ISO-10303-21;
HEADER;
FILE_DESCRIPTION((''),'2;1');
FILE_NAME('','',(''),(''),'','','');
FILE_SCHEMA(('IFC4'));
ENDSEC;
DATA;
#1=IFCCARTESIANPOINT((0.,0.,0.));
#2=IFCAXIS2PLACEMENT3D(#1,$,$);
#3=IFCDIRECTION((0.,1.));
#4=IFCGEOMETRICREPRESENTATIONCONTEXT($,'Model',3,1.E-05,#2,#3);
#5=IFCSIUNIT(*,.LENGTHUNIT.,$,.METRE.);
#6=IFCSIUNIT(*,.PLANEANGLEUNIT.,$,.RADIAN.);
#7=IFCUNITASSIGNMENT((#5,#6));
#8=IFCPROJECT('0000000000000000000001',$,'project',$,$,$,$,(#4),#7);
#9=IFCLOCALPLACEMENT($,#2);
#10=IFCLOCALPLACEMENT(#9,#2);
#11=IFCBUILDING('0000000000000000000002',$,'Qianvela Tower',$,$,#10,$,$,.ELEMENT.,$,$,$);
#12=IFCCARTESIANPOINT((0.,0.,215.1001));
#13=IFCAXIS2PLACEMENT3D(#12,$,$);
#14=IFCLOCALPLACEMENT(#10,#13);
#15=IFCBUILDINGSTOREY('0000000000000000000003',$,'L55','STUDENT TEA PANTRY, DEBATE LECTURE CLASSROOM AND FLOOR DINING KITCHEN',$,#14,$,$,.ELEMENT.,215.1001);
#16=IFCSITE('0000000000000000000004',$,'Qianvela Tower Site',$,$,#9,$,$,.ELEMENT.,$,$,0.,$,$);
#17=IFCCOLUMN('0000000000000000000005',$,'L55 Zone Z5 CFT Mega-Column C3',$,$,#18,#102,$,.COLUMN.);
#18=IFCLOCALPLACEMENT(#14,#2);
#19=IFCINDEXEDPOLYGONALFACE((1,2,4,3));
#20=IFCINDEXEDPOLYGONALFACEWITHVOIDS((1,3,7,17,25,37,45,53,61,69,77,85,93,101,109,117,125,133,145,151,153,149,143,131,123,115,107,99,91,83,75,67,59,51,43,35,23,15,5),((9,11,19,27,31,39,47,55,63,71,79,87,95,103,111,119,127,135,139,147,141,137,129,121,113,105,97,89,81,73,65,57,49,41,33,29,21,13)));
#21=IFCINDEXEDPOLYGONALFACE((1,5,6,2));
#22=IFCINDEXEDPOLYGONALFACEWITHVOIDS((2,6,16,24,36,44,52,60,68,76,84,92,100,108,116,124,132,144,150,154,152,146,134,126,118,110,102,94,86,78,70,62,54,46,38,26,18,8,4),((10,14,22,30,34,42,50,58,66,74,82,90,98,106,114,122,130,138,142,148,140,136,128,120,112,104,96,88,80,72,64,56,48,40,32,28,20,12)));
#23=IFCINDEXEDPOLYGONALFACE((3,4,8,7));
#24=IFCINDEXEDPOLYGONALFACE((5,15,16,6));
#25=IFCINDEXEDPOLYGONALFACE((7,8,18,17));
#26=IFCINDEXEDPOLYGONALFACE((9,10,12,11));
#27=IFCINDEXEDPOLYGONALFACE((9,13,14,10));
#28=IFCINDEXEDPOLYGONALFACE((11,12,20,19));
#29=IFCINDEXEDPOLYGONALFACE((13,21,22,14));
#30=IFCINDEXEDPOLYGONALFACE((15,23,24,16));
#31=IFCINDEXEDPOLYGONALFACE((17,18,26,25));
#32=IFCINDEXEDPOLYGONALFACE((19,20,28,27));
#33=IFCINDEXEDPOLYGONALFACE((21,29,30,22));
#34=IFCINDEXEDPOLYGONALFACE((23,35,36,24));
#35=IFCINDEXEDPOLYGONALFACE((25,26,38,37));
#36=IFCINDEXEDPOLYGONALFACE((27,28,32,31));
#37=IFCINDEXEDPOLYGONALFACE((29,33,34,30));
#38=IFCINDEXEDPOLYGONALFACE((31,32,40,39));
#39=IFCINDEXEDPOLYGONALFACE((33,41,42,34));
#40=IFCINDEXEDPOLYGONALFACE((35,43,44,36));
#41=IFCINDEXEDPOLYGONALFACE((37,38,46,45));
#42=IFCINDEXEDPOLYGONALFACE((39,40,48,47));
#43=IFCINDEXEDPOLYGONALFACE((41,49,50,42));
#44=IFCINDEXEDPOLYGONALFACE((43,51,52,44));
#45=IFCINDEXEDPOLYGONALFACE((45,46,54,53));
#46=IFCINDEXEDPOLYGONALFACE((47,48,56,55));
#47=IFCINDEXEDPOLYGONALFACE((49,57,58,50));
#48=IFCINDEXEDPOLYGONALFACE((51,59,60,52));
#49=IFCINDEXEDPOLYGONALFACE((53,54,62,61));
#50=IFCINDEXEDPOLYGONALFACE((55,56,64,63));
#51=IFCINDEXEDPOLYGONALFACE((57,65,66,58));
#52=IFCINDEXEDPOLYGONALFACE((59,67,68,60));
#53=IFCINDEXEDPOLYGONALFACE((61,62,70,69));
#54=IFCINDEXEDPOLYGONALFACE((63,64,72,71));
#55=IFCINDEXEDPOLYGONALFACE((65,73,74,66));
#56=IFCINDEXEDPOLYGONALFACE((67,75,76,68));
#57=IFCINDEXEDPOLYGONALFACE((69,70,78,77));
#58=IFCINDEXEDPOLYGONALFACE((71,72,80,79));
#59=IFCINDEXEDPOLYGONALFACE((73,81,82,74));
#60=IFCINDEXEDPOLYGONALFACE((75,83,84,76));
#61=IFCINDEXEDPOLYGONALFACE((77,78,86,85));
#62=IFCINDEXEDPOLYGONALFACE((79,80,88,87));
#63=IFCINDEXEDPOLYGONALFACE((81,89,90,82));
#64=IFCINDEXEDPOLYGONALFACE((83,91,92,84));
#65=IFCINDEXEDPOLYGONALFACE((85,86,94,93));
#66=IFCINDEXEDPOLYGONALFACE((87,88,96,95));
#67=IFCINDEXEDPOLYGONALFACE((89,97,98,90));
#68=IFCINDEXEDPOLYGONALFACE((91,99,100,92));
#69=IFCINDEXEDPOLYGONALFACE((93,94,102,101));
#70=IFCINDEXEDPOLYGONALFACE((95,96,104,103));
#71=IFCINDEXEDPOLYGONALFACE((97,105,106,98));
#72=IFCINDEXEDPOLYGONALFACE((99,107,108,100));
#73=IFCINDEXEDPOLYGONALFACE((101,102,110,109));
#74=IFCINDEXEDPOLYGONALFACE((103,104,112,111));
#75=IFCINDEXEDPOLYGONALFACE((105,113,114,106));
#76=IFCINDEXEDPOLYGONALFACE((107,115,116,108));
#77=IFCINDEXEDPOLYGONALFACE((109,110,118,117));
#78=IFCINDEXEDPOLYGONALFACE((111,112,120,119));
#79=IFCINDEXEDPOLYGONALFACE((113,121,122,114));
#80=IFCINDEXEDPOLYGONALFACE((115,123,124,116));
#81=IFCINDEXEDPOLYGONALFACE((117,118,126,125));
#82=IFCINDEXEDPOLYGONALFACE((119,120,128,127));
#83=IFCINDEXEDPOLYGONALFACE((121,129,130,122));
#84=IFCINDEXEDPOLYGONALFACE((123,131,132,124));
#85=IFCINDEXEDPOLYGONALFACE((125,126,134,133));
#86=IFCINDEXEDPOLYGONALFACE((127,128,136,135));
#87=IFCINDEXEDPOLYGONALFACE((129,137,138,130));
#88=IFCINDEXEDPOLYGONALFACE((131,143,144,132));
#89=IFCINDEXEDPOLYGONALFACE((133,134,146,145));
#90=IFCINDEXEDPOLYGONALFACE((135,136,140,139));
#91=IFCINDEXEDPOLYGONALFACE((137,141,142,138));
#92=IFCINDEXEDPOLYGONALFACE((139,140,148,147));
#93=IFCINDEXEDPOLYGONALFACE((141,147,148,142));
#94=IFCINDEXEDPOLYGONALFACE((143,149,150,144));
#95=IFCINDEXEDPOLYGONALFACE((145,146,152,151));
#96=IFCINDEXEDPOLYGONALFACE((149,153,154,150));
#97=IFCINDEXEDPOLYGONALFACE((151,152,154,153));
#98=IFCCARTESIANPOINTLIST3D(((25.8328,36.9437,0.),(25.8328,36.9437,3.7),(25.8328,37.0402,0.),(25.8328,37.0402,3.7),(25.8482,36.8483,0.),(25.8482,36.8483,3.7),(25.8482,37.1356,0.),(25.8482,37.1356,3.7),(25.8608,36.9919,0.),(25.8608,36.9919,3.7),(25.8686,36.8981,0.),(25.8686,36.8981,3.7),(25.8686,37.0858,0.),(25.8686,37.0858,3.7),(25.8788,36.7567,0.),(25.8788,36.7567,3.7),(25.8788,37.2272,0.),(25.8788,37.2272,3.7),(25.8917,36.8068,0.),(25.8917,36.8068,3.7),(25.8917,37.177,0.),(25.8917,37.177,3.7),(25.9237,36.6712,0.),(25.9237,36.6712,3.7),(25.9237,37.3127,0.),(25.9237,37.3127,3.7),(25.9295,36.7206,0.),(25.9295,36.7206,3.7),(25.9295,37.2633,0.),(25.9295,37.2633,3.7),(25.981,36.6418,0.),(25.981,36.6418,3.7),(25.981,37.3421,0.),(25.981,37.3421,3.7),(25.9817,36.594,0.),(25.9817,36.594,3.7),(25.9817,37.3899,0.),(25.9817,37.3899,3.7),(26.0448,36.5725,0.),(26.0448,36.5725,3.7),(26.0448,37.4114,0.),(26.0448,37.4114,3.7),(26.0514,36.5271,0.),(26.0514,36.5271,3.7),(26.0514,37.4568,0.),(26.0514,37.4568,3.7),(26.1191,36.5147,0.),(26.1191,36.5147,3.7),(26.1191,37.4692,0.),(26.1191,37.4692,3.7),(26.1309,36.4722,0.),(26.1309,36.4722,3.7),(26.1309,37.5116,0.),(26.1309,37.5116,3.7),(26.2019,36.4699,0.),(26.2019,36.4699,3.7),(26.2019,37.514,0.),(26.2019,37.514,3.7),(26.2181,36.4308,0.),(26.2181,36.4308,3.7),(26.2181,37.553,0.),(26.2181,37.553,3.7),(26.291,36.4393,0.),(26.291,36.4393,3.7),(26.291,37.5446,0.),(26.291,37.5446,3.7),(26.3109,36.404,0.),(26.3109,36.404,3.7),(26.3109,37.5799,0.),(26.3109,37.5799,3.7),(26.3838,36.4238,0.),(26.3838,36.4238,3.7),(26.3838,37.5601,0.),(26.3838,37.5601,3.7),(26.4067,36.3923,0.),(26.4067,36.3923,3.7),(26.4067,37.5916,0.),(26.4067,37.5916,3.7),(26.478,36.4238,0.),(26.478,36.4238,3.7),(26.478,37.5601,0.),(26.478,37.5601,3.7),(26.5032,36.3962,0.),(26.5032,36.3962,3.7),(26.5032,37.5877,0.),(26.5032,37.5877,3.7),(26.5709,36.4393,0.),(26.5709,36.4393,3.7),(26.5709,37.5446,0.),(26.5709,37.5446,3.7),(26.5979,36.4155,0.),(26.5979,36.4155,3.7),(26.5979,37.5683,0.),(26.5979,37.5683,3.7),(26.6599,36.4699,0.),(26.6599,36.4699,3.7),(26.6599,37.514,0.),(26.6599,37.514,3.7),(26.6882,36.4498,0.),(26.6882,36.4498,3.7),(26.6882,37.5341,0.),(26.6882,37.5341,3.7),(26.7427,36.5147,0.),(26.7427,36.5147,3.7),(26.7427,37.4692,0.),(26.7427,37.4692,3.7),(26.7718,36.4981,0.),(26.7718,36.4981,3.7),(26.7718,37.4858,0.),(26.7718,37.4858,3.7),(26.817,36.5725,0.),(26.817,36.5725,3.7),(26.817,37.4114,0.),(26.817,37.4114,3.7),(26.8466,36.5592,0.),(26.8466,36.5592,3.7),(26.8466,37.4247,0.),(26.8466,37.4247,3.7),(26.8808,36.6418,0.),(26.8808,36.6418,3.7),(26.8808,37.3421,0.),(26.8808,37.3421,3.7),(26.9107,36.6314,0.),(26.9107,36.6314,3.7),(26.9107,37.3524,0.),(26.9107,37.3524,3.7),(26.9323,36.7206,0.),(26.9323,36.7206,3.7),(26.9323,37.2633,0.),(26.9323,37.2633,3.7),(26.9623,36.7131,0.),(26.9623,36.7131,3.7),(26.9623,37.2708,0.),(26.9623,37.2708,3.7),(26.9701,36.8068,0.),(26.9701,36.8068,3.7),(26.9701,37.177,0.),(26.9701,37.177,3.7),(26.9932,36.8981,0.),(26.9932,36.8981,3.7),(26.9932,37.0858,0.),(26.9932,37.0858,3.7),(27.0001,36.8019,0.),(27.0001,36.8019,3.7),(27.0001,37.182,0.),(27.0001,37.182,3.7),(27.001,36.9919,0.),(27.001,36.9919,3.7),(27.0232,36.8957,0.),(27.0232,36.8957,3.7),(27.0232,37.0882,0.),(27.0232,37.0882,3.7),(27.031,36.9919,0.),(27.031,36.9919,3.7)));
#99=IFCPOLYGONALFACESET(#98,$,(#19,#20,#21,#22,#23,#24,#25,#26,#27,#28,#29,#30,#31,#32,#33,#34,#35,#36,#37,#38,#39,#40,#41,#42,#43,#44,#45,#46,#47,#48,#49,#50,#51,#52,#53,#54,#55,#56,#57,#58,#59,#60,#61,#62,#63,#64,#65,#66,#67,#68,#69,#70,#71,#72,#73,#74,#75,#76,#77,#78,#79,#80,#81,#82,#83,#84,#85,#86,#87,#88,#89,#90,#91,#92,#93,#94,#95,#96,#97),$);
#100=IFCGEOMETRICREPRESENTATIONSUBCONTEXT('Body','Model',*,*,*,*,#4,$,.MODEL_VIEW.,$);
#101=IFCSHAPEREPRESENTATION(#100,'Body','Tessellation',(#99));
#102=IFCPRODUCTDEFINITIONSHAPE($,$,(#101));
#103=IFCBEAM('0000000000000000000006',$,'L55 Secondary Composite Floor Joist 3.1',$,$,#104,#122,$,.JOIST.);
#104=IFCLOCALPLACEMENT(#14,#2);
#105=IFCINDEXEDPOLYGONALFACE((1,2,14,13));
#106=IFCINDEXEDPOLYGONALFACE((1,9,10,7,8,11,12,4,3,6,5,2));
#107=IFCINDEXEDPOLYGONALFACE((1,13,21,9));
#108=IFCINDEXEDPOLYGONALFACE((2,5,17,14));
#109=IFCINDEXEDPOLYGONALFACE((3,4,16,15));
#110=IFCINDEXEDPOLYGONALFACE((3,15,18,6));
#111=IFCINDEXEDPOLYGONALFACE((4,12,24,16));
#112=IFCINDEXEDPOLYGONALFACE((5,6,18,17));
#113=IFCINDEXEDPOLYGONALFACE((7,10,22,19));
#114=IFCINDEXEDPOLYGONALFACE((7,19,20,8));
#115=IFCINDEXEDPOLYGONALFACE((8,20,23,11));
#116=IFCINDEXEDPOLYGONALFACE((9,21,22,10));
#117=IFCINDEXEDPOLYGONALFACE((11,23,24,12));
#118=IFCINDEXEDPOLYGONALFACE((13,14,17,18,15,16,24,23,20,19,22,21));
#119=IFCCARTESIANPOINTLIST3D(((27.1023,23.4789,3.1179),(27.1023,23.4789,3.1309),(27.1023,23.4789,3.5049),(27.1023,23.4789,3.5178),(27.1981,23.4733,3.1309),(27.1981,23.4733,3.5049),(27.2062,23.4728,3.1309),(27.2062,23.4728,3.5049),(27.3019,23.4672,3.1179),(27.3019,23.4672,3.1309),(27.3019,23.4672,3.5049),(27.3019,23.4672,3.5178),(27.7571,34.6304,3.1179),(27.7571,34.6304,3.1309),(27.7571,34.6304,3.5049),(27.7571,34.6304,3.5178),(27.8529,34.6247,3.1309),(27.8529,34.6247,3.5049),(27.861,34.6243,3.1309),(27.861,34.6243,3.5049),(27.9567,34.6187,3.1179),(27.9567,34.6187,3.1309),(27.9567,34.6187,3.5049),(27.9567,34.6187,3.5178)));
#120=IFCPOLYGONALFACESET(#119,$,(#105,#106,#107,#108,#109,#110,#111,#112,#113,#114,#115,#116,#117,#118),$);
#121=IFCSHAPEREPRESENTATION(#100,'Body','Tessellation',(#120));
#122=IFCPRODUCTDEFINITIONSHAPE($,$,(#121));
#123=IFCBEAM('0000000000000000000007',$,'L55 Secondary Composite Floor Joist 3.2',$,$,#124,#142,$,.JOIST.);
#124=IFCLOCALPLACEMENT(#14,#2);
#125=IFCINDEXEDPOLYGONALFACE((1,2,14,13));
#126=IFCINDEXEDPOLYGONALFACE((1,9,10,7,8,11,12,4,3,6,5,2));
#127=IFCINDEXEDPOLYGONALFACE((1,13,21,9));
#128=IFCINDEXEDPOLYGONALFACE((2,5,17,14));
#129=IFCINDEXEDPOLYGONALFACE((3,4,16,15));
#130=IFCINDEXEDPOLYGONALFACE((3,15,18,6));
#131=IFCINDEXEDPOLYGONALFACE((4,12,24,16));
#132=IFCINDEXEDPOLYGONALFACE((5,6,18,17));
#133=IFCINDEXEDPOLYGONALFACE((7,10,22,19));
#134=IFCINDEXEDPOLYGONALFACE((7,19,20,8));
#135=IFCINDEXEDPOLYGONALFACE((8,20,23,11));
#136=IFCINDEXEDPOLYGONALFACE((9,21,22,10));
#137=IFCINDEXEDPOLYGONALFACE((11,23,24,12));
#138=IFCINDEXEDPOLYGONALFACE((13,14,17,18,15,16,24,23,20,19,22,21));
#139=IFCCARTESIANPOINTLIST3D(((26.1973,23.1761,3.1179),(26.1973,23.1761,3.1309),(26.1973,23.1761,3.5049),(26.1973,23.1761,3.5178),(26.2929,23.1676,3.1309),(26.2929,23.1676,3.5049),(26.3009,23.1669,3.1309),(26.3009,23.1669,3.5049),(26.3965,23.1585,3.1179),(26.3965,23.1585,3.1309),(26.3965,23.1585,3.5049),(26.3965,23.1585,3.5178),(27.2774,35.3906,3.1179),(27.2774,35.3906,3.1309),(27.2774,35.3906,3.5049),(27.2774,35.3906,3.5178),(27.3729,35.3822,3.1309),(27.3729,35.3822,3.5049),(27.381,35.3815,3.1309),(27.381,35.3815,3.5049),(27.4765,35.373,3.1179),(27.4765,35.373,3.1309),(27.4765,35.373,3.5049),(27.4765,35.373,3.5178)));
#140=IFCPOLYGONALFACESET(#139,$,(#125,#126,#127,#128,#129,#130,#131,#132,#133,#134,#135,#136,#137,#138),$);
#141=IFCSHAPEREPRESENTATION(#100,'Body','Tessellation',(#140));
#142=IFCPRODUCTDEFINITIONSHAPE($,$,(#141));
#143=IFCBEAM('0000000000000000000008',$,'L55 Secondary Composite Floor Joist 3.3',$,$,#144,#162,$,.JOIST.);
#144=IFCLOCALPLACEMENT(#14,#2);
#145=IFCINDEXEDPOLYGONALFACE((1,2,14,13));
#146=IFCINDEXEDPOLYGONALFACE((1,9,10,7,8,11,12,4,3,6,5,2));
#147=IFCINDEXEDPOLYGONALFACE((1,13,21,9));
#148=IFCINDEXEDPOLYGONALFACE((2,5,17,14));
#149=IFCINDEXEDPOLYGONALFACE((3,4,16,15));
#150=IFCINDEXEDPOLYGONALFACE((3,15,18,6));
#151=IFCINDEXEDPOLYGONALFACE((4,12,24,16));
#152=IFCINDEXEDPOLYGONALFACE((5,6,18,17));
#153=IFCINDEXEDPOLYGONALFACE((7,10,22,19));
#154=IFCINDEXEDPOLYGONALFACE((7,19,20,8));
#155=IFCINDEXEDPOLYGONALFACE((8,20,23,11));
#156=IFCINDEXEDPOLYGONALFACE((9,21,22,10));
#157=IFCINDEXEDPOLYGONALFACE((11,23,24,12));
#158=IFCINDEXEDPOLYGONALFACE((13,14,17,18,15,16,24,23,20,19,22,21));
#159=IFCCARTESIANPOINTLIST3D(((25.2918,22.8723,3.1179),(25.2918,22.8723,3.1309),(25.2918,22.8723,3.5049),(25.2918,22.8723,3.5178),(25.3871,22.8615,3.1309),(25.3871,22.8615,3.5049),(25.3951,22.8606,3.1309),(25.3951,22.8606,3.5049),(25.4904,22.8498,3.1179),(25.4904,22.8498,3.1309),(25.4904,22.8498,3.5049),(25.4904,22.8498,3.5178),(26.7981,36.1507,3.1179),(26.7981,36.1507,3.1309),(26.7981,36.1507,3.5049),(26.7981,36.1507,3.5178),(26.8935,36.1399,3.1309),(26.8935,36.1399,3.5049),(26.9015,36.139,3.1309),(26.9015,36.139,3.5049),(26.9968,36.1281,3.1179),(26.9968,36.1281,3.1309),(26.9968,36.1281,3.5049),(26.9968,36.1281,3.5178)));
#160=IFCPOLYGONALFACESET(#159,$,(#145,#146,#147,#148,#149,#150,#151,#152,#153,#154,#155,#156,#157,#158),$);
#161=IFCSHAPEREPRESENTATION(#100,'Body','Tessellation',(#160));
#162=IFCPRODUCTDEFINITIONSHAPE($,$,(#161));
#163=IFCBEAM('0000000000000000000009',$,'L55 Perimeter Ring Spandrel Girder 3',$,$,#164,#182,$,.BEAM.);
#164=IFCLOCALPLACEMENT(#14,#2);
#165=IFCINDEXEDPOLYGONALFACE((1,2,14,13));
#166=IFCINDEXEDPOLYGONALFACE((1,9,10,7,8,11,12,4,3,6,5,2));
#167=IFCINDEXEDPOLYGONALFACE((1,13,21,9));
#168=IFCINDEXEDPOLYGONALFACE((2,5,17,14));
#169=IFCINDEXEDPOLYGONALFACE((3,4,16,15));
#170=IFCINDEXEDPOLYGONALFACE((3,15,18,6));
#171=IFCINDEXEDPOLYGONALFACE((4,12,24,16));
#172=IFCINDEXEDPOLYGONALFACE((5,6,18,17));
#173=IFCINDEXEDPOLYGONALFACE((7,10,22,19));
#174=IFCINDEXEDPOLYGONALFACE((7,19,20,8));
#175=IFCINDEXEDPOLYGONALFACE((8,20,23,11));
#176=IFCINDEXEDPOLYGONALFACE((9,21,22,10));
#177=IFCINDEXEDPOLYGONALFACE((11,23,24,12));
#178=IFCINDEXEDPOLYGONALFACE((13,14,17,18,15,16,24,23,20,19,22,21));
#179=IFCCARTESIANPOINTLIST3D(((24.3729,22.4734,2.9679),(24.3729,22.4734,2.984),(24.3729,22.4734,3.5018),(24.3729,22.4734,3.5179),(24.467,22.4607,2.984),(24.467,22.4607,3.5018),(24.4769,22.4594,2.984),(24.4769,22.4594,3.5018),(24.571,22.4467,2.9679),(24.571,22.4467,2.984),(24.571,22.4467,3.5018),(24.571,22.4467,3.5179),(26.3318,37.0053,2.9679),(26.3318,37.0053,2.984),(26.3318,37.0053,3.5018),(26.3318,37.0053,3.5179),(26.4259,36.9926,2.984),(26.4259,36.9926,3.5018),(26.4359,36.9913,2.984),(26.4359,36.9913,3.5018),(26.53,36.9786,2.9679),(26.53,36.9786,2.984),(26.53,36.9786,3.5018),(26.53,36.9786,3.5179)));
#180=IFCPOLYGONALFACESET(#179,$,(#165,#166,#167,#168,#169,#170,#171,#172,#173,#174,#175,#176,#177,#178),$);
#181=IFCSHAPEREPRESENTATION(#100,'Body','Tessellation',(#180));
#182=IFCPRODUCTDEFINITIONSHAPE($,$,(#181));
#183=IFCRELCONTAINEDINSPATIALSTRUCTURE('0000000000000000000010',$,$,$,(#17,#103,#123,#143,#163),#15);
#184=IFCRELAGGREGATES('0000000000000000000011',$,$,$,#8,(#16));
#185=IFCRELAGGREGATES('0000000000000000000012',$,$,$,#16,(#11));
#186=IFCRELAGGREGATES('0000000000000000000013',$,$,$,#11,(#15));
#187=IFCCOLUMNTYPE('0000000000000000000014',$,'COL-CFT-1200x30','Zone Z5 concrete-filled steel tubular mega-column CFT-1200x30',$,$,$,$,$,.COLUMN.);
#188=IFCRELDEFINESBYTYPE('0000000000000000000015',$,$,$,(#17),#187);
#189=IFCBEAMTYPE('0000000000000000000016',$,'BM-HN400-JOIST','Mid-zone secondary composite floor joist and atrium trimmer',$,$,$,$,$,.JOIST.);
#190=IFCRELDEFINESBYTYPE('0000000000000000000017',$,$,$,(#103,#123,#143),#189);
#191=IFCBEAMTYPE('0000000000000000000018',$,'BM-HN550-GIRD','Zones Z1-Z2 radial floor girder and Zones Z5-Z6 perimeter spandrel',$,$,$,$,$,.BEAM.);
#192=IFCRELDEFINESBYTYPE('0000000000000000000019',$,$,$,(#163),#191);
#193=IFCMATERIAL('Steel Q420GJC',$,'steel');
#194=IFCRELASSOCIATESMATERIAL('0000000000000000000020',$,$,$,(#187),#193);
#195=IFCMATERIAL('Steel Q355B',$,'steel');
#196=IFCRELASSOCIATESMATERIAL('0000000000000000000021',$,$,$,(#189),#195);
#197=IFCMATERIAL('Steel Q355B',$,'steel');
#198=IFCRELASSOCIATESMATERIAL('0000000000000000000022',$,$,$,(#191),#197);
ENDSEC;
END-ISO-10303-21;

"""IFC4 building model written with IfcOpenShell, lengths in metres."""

from ifc_helpers import new_model, si_unit, direction, frame, origin, origin_2d, place, context, subcontext, project, spatial, hollow_circle, i_section, extrude, material, material_profile, profile_set, type_object, element, save


model = new_model("IFC4")

# Units and contexts
model_context = context("Model", 3, precision=1e-05, world=origin(), true_north=direction((0.0, 1.0)))
body_context = subcontext(model_context, "Body", "Model", "MODEL_VIEW")
ifc_project = project(units=[si_unit("LENGTHUNIT", "METRE"), si_unit("PLANEANGLEUNIT", "RADIAN")], contexts=[model_context])

# Site, building, storey
site_placement = place(None, origin())
site = spatial("IfcSite", under=ifc_project, at=site_placement, Name="Qianvela Tower Site", CompositionType="ELEMENT", RefElevation=0.0)
building_placement = place(site_placement, origin())
building = spatial("IfcBuilding", under=site, at=building_placement, Name="Qianvela Tower", CompositionType="ELEMENT")
storey_placement = place(building_placement, frame((0.0, 0.0, 215.1001)))
storey = spatial("IfcBuildingStorey", under=building, at=storey_placement, Name="L55", Description="STUDENT TEA PANTRY, DEBATE LECTURE CLASSROOM AND FLOOR DINING KITCHEN", CompositionType="ELEMENT", Elevation=215.1001)

# Column
ifc_material_1 = material(Name="Steel Q420GJC", Category="steel")
ifc_material_profile_1 = material_profile(ifc_material_1, hollow_circle(Radius=0.6001, WallThickness=0.03, at=origin_2d()), Name="CFT-1200x30")
ifc_profile_set_1 = profile_set([ifc_material_profile_1], Name="Steel Q420GJC")
column_type = type_object("IfcColumnType", Name="COL-CFT-1200x30", Description="Zone Z5 concrete-filled steel tubular mega-column CFT-1200x30", PredefinedType="COLUMN", material=ifc_profile_set_1)
column_placement = place(storey_placement, frame((26.4309, 36.9919, 0.0), z_axis=(0.0, 0.0, 1.0), x_axis=(1.0, 0.0, 0.0)))
element("IfcColumn", 1, at=column_placement, inside=storey, type_object=column_type, Name="L55 Zone Z5 CFT Mega-Column C3", PredefinedType="COLUMN", context=body_context, shape_type="SweptSolid", body=[
    extrude(hollow_circle(Radius=0.6001, WallThickness=0.03, at=origin_2d()), origin(), (0.0, 0.0, 1.0), 3.7),
])

# Beams
ifc_material_2 = material(Name="Steel Q355B", Category="steel")
ifc_material_profile_2 = material_profile(ifc_material_2, i_section(OverallWidth=0.2, OverallDepth=0.3999, WebThickness=0.0081, FlangeThickness=0.0129, at=origin_2d()), Name="HN400x200x8x13")
ifc_profile_set_2 = profile_set([ifc_material_profile_2], Name="Steel Q355B")
beam_type_1 = type_object("IfcBeamType", Name="BM-HN400-JOIST", Description="Mid-zone secondary composite floor joist and atrium trimmer", PredefinedType="JOIST", material=ifc_profile_set_2)
beam_1_placement = place(storey_placement, frame((27.8569, 34.6245, 3.3179), z_axis=(-0.058617, -0.998281, 0.0), x_axis=(0.998281, -0.058617, 0.0)))
element("IfcBeam", 2, at=beam_1_placement, inside=storey, type_object=beam_type_1, Name="L55 Secondary Composite Floor Joist 3.1", PredefinedType="JOIST", context=body_context, shape_type="SweptSolid", body=[
    extrude(i_section(OverallWidth=0.2, OverallDepth=0.3999, WebThickness=0.0081, FlangeThickness=0.0129, at=origin_2d()), origin(), (0.0, 0.0, 1.0), 11.1707),
])
beam_2_placement = place(storey_placement, frame((27.377, 35.3818, 3.3179), z_axis=(-0.088081, -0.996113, 0.0), x_axis=(0.996113, -0.088081, 0.0)))
element("IfcBeam", 3, at=beam_2_placement, inside=storey, type_object=beam_type_1, Name="L55 Secondary Composite Floor Joist 3.2", PredefinedType="JOIST", context=body_context, shape_type="SweptSolid", body=[
    extrude(i_section(OverallWidth=0.2, OverallDepth=0.3999, WebThickness=0.0081, FlangeThickness=0.0129, at=origin_2d()), origin(), (0.0, 0.0, 1.0), 12.2622),
])
beam_3_placement = place(storey_placement, frame((26.8975, 36.1394, 3.3179), z_axis=(-0.112721, -0.993627, 0.0), x_axis=(0.993627, -0.112721, 0.0)))
element("IfcBeam", 4, at=beam_3_placement, inside=storey, type_object=beam_type_1, Name="L55 Secondary Composite Floor Joist 3.3", PredefinedType="JOIST", context=body_context, shape_type="SweptSolid", body=[
    extrude(i_section(OverallWidth=0.2, OverallDepth=0.3999, WebThickness=0.0081, FlangeThickness=0.0129, at=origin_2d()), origin(), (0.0, 0.0, 1.0), 13.3635),
])
ifc_material_3 = material(Name="Steel Q355B", Category="steel")
ifc_material_profile_3 = material_profile(ifc_material_3, i_section(OverallWidth=0.2, OverallDepth=0.55, WebThickness=0.01, FlangeThickness=0.0161, at=origin_2d()), Name="HN550x200x10x16")
ifc_profile_set_3 = profile_set([ifc_material_profile_3], Name="Steel Q355B")
beam_type_2 = type_object("IfcBeamType", Name="BM-HN550-GIRD", Description="Zones Z1-Z2 radial floor girder and Zones Z5-Z6 perimeter spandrel", PredefinedType="BEAM", material=ifc_profile_set_3)
beam_4_placement = place(storey_placement, frame((26.4309, 36.9919, 3.2429), z_axis=(-0.133597, -0.991036, 0.0), x_axis=(0.991036, -0.133597, 0.0)))
element("IfcBeam", 5, at=beam_4_placement, inside=storey, type_object=beam_type_2, Name="L55 Perimeter Ring Spandrel Girder 3", PredefinedType="BEAM", context=body_context, shape_type="SweptSolid", body=[
    extrude(i_section(OverallWidth=0.2, OverallDepth=0.55, WebThickness=0.01, FlangeThickness=0.0161, at=origin_2d()), origin(), (0.0, 0.0, 1.0), 14.6633),
])

save(model, "model.ifc")
